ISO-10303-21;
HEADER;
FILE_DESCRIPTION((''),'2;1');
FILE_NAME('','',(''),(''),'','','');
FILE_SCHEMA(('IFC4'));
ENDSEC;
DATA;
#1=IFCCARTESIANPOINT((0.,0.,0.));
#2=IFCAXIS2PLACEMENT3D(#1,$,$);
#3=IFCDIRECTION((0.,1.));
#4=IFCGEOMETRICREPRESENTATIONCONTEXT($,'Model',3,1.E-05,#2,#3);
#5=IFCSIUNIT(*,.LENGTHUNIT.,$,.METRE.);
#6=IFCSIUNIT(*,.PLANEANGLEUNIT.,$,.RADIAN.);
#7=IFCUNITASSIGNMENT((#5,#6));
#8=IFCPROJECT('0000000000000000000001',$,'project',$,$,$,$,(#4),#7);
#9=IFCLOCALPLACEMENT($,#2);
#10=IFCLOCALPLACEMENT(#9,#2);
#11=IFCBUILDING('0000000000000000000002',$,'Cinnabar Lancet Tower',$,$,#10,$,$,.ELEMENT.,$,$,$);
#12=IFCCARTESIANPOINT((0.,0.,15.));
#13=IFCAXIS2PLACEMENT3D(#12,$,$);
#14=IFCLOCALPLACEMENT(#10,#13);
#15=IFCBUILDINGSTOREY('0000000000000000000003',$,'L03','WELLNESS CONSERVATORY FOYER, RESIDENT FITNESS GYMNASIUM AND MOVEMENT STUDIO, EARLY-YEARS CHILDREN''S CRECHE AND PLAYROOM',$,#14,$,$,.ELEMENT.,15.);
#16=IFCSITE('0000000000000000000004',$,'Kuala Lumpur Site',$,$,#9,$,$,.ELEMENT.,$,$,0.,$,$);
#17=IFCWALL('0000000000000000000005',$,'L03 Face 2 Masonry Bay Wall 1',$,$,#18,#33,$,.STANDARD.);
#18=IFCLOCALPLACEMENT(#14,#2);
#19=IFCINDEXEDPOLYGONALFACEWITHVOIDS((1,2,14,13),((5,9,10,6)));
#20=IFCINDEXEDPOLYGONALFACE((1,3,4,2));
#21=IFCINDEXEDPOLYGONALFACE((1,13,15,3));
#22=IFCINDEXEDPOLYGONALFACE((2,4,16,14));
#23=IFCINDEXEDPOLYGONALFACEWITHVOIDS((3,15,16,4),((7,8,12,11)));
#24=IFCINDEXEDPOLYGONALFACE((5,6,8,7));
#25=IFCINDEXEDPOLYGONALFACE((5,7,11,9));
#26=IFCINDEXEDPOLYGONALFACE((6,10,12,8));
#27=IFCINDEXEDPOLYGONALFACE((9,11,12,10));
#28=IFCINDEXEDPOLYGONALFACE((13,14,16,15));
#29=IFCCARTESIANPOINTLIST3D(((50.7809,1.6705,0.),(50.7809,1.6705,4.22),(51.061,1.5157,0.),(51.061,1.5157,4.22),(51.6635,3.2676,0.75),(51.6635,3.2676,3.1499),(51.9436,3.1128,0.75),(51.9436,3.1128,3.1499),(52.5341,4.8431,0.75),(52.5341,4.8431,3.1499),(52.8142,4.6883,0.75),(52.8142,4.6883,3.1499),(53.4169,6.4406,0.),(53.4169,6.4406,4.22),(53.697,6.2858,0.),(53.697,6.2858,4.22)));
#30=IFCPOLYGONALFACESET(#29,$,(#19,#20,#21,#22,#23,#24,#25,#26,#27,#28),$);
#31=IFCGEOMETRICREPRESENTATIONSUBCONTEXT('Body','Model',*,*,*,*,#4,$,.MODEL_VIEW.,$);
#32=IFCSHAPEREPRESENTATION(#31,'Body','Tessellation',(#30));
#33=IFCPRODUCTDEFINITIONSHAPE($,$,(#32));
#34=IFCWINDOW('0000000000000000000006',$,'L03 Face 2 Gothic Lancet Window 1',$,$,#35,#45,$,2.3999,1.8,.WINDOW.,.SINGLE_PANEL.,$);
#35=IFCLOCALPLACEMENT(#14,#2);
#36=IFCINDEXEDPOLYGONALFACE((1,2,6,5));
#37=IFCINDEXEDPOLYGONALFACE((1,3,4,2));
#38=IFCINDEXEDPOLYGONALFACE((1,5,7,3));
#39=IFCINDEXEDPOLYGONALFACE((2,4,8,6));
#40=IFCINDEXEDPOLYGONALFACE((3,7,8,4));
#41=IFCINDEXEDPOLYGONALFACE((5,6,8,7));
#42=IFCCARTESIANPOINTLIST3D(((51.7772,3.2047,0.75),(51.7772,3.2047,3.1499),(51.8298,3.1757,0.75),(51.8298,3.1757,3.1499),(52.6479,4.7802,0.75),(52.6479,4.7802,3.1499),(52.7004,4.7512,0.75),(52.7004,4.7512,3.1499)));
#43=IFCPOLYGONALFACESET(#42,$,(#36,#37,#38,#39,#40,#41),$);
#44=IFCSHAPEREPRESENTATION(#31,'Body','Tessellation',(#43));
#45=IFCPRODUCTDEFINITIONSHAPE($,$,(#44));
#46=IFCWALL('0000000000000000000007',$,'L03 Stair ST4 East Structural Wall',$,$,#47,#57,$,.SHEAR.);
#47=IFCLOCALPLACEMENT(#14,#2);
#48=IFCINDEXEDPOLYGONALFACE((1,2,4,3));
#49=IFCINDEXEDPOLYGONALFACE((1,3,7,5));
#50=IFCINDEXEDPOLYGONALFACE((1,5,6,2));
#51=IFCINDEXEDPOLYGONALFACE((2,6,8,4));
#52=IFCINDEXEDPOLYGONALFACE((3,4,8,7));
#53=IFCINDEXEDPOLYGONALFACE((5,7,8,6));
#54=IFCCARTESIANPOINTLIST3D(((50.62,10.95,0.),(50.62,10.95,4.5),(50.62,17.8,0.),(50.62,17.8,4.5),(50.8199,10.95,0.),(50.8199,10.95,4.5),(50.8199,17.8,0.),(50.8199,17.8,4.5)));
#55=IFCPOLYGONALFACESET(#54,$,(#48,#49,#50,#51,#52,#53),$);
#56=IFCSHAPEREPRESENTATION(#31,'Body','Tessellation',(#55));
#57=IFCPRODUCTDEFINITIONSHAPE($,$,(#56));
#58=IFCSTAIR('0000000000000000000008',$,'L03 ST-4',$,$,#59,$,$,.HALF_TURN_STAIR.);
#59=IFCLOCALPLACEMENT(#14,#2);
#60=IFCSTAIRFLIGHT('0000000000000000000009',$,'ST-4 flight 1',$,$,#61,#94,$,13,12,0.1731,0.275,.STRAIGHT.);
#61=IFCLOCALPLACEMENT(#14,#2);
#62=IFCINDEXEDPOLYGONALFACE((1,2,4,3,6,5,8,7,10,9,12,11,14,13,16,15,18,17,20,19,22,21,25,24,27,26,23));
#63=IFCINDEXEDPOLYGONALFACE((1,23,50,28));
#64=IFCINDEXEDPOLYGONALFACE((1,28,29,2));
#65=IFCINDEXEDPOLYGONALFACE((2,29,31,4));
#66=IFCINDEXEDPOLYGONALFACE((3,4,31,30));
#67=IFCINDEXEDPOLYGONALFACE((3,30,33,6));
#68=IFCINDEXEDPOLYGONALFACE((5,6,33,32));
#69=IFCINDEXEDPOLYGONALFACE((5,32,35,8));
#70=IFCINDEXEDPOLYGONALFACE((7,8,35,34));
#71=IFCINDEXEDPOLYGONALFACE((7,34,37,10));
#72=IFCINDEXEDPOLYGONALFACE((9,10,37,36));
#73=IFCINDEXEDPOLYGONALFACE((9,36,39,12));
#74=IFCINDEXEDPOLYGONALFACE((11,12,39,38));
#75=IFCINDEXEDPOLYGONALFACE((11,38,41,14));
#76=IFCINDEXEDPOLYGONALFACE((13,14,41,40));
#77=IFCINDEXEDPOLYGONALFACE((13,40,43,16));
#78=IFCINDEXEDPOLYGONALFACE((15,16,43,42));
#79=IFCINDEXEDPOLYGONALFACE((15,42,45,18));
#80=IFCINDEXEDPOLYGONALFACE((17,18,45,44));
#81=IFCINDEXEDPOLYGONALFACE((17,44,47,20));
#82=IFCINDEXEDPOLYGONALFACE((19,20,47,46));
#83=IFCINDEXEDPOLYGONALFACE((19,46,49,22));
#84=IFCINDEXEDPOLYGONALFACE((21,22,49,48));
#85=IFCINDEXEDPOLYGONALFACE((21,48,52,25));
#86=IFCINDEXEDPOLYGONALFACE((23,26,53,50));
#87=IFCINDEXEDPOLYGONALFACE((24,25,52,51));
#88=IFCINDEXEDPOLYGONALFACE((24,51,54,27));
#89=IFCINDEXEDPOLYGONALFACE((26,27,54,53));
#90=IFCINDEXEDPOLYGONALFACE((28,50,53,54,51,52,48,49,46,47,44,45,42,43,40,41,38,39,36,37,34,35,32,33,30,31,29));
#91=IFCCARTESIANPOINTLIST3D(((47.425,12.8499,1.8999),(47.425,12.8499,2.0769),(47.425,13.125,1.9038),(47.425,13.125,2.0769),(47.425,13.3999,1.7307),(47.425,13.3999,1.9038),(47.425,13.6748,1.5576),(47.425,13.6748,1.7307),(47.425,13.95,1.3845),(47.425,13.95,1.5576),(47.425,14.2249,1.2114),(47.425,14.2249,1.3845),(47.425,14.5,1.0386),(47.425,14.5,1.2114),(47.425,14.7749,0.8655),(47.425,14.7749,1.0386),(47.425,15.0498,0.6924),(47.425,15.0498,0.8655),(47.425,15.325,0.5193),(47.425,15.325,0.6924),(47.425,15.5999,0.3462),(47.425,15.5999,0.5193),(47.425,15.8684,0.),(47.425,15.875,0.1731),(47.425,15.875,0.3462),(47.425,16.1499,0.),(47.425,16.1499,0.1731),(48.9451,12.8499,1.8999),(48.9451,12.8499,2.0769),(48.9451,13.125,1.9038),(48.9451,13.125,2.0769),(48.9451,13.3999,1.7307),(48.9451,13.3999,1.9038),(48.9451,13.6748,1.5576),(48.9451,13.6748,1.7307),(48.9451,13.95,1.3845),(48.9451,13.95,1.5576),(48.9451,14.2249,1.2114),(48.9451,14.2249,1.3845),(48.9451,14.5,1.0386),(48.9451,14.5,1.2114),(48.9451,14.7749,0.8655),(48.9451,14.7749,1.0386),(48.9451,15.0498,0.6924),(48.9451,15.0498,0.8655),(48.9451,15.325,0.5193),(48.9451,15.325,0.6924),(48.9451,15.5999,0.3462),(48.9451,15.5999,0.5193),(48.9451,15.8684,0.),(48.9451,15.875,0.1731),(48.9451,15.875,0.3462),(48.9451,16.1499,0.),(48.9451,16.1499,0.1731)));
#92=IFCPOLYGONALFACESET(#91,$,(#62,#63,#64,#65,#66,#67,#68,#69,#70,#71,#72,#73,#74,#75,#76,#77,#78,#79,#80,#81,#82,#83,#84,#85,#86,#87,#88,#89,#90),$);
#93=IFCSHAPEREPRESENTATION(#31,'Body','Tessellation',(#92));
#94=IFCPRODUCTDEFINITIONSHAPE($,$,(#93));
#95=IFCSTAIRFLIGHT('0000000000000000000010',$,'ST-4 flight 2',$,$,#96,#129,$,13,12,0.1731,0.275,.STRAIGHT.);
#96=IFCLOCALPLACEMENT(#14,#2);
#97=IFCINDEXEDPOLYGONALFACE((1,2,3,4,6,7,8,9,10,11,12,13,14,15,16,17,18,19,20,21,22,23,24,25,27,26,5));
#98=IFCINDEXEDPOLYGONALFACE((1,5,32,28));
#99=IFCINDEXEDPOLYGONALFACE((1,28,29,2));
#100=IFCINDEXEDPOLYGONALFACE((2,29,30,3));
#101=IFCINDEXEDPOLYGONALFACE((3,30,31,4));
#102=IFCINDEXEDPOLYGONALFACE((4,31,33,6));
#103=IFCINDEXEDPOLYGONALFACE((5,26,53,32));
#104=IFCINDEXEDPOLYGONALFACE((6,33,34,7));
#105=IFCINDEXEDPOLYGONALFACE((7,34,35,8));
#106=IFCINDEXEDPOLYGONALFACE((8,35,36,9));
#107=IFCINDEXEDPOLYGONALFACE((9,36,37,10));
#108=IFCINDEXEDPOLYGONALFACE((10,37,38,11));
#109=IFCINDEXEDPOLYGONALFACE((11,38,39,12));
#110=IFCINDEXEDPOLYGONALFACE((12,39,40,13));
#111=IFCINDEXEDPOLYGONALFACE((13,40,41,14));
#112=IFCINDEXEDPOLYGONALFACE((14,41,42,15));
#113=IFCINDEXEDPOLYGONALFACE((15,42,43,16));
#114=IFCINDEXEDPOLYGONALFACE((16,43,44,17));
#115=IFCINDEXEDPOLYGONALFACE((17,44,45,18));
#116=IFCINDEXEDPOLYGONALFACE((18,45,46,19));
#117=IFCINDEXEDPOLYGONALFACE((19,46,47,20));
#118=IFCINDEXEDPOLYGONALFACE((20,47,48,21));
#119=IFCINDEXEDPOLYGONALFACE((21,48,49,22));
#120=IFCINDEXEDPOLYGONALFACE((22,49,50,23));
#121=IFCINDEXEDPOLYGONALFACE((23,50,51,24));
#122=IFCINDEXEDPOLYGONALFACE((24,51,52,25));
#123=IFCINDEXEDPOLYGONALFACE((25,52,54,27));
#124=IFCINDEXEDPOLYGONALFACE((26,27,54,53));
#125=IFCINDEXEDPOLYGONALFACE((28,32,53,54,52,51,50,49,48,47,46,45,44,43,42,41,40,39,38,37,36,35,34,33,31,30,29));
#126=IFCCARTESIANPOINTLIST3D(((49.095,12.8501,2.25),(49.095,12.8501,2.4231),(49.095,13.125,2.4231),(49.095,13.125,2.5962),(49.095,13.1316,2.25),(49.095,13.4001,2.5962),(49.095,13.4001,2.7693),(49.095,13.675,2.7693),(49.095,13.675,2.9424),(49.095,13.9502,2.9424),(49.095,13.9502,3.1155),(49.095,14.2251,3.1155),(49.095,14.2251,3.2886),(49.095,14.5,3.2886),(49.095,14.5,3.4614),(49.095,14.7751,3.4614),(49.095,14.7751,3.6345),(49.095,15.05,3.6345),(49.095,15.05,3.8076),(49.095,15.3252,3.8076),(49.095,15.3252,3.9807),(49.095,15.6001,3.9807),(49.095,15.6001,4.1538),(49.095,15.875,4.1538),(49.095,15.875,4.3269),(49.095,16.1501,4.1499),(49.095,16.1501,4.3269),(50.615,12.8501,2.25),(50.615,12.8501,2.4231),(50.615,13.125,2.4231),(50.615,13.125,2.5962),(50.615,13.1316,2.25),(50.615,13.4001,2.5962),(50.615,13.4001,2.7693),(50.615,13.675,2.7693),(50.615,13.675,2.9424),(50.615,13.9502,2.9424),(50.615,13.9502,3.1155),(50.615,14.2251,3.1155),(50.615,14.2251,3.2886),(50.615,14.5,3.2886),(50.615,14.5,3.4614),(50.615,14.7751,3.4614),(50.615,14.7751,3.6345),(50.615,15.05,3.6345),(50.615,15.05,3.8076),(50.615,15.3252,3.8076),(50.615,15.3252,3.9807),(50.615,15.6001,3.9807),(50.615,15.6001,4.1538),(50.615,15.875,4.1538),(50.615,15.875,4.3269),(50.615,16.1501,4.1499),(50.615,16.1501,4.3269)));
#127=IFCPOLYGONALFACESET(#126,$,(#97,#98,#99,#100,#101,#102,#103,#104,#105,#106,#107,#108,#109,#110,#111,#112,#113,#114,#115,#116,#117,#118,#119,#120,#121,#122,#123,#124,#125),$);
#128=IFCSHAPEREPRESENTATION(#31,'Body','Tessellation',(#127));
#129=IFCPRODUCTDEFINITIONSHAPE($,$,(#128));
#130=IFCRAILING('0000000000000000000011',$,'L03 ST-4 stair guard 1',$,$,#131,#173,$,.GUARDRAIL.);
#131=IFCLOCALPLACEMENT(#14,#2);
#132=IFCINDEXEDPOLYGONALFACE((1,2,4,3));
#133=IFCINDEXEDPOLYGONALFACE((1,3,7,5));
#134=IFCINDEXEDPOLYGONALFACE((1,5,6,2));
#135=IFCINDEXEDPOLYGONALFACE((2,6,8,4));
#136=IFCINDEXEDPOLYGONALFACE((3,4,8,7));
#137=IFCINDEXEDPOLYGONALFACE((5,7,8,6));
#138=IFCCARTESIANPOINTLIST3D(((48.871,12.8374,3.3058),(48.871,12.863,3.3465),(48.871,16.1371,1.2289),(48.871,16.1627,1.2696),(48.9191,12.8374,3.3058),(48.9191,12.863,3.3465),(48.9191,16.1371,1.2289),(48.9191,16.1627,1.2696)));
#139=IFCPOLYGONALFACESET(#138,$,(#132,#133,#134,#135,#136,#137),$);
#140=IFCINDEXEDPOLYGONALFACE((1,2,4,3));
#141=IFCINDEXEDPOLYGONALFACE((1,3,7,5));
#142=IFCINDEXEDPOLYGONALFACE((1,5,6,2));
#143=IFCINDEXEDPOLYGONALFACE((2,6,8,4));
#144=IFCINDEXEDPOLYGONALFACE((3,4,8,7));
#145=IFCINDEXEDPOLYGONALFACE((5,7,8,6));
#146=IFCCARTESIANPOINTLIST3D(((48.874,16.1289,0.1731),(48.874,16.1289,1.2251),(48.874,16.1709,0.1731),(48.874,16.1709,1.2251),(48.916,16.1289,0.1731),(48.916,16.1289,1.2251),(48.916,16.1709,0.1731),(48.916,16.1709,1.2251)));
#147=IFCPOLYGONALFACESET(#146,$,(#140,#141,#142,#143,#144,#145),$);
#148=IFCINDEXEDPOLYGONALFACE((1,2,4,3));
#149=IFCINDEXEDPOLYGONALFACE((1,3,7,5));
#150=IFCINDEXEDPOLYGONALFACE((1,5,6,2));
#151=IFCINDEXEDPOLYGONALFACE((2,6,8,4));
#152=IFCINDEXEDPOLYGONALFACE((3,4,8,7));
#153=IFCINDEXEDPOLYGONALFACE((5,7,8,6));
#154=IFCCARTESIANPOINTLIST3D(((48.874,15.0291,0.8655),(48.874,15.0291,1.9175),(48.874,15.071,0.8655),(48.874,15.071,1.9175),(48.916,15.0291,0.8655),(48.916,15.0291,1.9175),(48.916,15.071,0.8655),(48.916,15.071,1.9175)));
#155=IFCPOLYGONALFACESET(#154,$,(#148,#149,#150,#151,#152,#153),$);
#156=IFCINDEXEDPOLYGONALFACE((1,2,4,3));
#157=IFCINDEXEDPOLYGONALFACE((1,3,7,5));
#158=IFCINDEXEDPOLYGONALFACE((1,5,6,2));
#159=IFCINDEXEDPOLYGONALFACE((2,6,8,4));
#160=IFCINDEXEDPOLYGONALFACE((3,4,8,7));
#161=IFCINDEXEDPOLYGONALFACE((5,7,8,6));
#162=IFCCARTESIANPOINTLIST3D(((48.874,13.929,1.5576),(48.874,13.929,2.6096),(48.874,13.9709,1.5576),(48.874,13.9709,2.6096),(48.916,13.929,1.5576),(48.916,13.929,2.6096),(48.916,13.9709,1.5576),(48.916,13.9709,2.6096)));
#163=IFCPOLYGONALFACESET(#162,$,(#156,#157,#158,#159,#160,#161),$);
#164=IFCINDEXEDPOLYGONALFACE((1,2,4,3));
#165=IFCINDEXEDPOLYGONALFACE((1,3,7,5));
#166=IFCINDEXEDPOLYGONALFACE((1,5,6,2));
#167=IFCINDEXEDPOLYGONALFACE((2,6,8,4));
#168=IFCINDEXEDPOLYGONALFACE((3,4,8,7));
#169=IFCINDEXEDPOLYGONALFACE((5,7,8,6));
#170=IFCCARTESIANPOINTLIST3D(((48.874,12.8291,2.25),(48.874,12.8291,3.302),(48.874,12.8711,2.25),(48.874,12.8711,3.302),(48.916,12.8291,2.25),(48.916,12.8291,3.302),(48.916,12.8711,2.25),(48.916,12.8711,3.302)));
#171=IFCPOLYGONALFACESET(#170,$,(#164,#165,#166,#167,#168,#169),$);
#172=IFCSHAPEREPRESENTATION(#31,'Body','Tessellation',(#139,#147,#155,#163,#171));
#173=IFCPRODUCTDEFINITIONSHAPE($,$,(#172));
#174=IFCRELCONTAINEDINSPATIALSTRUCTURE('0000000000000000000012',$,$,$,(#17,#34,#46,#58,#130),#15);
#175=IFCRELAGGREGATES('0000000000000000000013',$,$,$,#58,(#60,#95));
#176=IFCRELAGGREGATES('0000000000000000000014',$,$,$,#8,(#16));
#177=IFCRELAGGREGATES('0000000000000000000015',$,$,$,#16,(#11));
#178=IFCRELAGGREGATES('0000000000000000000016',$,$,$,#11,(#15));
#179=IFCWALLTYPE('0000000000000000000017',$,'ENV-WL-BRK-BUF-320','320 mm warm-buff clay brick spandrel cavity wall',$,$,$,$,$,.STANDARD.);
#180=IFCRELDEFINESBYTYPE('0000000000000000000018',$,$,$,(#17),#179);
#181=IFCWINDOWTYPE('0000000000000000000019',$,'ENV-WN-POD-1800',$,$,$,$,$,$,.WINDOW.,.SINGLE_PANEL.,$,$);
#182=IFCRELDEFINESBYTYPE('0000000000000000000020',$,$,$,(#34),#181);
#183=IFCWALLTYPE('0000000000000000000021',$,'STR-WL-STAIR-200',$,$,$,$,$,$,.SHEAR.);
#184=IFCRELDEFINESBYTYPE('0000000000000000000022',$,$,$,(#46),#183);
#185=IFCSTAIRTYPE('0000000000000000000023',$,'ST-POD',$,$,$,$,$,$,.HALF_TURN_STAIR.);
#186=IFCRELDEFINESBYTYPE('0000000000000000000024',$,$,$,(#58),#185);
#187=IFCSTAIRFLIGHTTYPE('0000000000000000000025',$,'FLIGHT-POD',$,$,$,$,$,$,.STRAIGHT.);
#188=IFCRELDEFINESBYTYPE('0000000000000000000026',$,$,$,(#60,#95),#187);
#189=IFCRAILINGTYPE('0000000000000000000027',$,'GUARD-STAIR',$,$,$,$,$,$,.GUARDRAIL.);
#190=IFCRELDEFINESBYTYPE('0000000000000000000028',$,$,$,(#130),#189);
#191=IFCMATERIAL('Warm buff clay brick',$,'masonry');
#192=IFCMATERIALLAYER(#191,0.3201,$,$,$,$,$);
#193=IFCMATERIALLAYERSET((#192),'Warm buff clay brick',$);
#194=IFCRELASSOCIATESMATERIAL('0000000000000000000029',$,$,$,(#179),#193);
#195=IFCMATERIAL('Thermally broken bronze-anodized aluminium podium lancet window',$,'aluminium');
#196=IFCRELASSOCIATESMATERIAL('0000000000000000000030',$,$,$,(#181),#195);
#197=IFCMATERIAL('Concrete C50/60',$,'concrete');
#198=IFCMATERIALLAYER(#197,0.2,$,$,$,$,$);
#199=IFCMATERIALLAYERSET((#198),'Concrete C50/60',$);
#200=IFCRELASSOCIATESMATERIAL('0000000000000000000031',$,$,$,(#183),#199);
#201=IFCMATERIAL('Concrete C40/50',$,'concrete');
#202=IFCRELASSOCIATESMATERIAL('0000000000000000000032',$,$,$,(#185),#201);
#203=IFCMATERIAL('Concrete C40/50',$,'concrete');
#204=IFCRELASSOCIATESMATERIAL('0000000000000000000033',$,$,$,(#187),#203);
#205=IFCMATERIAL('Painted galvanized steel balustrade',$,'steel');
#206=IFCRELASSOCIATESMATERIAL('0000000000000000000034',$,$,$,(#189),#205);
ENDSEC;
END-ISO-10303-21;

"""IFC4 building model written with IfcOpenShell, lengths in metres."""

from ifc_helpers import new_model, si_unit, direction, frame, frame_2d, origin, origin_2d, place, context, subcontext, project, spatial, polyline, rectangle, outline, extrude, material, layer, layer_set, type_object, element, fill, aggregate, save


model = new_model("IFC4")

# Units and contexts
model_context = context("Model", 3, precision=1e-05, world=origin(), true_north=direction((0.0, 1.0)))
body_context = subcontext(model_context, "Body", "Model", "MODEL_VIEW")
ifc_project = project(units=[si_unit("LENGTHUNIT", "METRE"), si_unit("PLANEANGLEUNIT", "RADIAN")], contexts=[model_context])

# Site, building, storey
site_placement = place(None, origin())
site = spatial("IfcSite", under=ifc_project, at=site_placement, Name="Kuala Lumpur Site", CompositionType="ELEMENT", RefElevation=0.0)
building_placement = place(site_placement, origin())
building = spatial("IfcBuilding", under=site, at=building_placement, Name="Cinnabar Lancet Tower", CompositionType="ELEMENT")
storey_placement = place(building_placement, frame((0.0, 0.0, 15.0)))
storey = spatial("IfcBuildingStorey", under=building, at=storey_placement, Name="L03", Description="WELLNESS CONSERVATORY FOYER, RESIDENT FITNESS GYMNASIUM AND MOVEMENT STUDIO, EARLY-YEARS CHILDREN'S CRECHE AND PLAYROOM", CompositionType="ELEMENT", Elevation=15.0)

# Shared definitions
ifc_material_1 = material(Name="Warm buff clay brick", Category="masonry")
ifc_layer_1 = layer(ifc_material_1, 0.3201)
ifc_layer_set_1 = layer_set([ifc_layer_1], Name="Warm buff clay brick")
wall_type_1 = type_object("IfcWallType", Name="ENV-WL-BRK-BUF-320", Description="320 mm warm-buff clay brick spandrel cavity wall", PredefinedType="STANDARD", material=ifc_layer_set_1)

# Wall, opening, window
wall_1_placement = place(storey_placement, frame((50.9209, 1.593, 0.0), z_axis=(0.0, 0.0, 1.0), x_axis=(0.483675, 0.875248, 0.0)))
wall_1 = element("IfcWall", 1, at=wall_1_placement, inside=storey, type_object=wall_type_1, Name="L03 Face 2 Masonry Bay Wall 1", PredefinedType="STANDARD", context=body_context, shape_type="SweptSolid", body=[
    extrude(rectangle(XDim=5.45, YDim=0.3201, at=frame_2d((2.7251, 0.0))), origin(), (0.0, 0.0, 1.0), 4.22),
])
opening_placement = place(wall_1_placement, frame((1.825, 0.0, 0.75)))
opening = element("IfcOpeningElement", 2, at=opening_placement, cuts=wall_1, PredefinedType="OPENING", context=body_context, shape_type="SweptSolid", body=[
    extrude(rectangle(XDim=1.8, YDim=2.3999, at=frame_2d((0.8999, 1.2))), frame((0.0, 0.1699, 0.0), z_axis=(0.0, -1.0, 0.0), x_axis=(1.0, 0.0, 0.0)), (0.0, 0.0, 1.0), 0.3401),
])
ifc_material_2 = material(Name="Thermally broken bronze-anodized aluminium podium lancet window", Category="aluminium")
window_type = type_object("IfcWindowType", Name="ENV-WN-POD-1800", PartitioningType="SINGLE_PANEL", PredefinedType="WINDOW", material=ifc_material_2)
window_placement = place(opening_placement, origin())
window = element("IfcWindow", 3, at=window_placement, inside=storey, type_object=window_type, Name="L03 Face 2 Gothic Lancet Window 1", OverallHeight=2.3999, OverallWidth=1.8, PartitioningType="SINGLE_PANEL", PredefinedType="WINDOW", context=body_context, shape_type="SweptSolid", body=[
    extrude(rectangle(XDim=1.8, YDim=2.3999, at=frame_2d((0.8999, 1.2))), frame((0.0, 0.03, 0.0), z_axis=(0.0, -1.0, 0.0), x_axis=(1.0, 0.0, 0.0)), (0.0, 0.0, 1.0), 0.0601),
])
fill(opening, window)

# Wall
ifc_material_3 = material(Name="Concrete C50/60", Category="concrete")
ifc_layer_2 = layer(ifc_material_3, 0.2)
ifc_layer_set_2 = layer_set([ifc_layer_2], Name="Concrete C50/60")
wall_type_2 = type_object("IfcWallType", Name="STR-WL-STAIR-200", PredefinedType="SHEAR", material=ifc_layer_set_2)
wall_2_placement = place(storey_placement, frame((50.72, 10.95, 0.0), z_axis=(0.0, 0.0, 1.0), x_axis=(0.0, 1.0, 0.0)))
element("IfcWall", 4, at=wall_2_placement, inside=storey, type_object=wall_type_2, Name="L03 Stair ST4 East Structural Wall", PredefinedType="SHEAR", context=body_context, shape_type="SweptSolid", body=[
    extrude(rectangle(XDim=6.8501, YDim=0.2, at=frame_2d((3.425, 0.0))), origin(), (0.0, 0.0, 1.0), 4.5),
])

# Stair, stair flights
ifc_material_4 = material(Name="Concrete C40/50", Category="concrete")
stair_type = type_object("IfcStairType", Name="ST-POD", PredefinedType="HALF_TURN_STAIR", material=ifc_material_4)
stair_placement = place(storey_placement, origin())
stair = element("IfcStair", 5, at=stair_placement, inside=storey, type_object=stair_type, Name="L03 ST-4", PredefinedType="HALF_TURN_STAIR")
ifc_material_5 = material(Name="Concrete C40/50", Category="concrete")
stair_flight_type = type_object("IfcStairFlightType", Name="FLIGHT-POD", PredefinedType="STRAIGHT", material=ifc_material_5)
stair_flight_1_placement = place(storey_placement, frame((48.1851, 16.1499, 0.0), z_axis=(0.0, 0.0, 1.0), x_axis=(0.0, -1.0, 0.0)))
stair_flight_1 = element("IfcStairFlight", 6, at=stair_flight_1_placement, type_object=stair_flight_type, Name="ST-4 flight 1", NumberOfRisers=13, NumberOfTreads=12, PredefinedType="STRAIGHT", RiserHeight=0.1731, TreadLength=0.275, context=body_context, shape_type="SweptSolid", body=[
    extrude(outline(polyline([(0.0, 0.0), (0.0, 0.1731), (0.2749, 0.1731), (0.2749, 0.3462), (0.55, 0.3462), (0.55, 0.5193), (0.825, 0.5193), (0.825, 0.6924), (1.1001, 0.6924), (1.1001, 0.8655), (1.375, 0.8655), (1.375, 1.0386), (1.6499, 1.0386), (1.6499, 1.2114), (1.925, 1.2114), (1.925, 1.3845), (2.2, 1.3845), (2.2, 1.5576), (2.4751, 1.5576), (2.4751, 1.7307), (2.75, 1.7307), (2.75, 1.9038), (3.0249, 1.9038), (3.0249, 2.0769), (3.3, 2.0769), (3.3, 2.25), (3.3, 1.8999), (0.2815, 0.0), (0.0, 0.0)])), frame((0.0, 0.76, 0.0), z_axis=(0.0, -1.0, 0.0), x_axis=(1.0, 0.0, 0.0)), (0.0, 0.0, 1.0), 1.52),
])
stair_flight_2_placement = place(storey_placement, frame((49.855, 12.8501, 2.25), z_axis=(0.0, 0.0, 1.0), x_axis=(0.0, 1.0, 0.0)))
stair_flight_2 = element("IfcStairFlight", 7, at=stair_flight_2_placement, type_object=stair_flight_type, Name="ST-4 flight 2", NumberOfRisers=13, NumberOfTreads=12, PredefinedType="STRAIGHT", RiserHeight=0.1731, TreadLength=0.275, context=body_context, shape_type="SweptSolid", body=[
    extrude(outline(polyline([(0.0, 0.0), (0.0, 0.1731), (0.2749, 0.1731), (0.2749, 0.3462), (0.55, 0.3462), (0.55, 0.5193), (0.825, 0.5193), (0.825, 0.6924), (1.1001, 0.6924), (1.1001, 0.8655), (1.375, 0.8655), (1.375, 1.0386), (1.6499, 1.0386), (1.6499, 1.2114), (1.925, 1.2114), (1.925, 1.3845), (2.2, 1.3845), (2.2, 1.5576), (2.4751, 1.5576), (2.4751, 1.7307), (2.75, 1.7307), (2.75, 1.9038), (3.0249, 1.9038), (3.0249, 2.0769), (3.3, 2.0769), (3.3, 2.25), (3.3, 1.8999), (0.2815, 0.0), (0.0, 0.0)])), frame((0.0, 0.76, 0.0), z_axis=(0.0, -1.0, 0.0), x_axis=(1.0, 0.0, 0.0)), (0.0, 0.0, 1.0), 1.52),
])
aggregate(stair, [stair_flight_1, stair_flight_2])

# Railing
ifc_material_6 = material(Name="Painted galvanized steel balustrade", Category="steel")
railing_type_1 = type_object("IfcRailingType", Name="GUARD-STAIR", PredefinedType="GUARDRAIL", material=ifc_material_6)
railing_1_placement = place(storey_placement, frame((48.895, 16.1499, 0.1731)))
element("IfcRailing", 8, at=railing_1_placement, inside=storey, type_object=railing_type_1, Name="L03 ST-4 stair guard 1", PredefinedType="GUARDRAIL", context=body_context, shape_type="SweptSolid", body=[
    extrude(rectangle(XDim=0.0481, YDim=0.0481, at=origin_2d()), frame((0.0, 0.0, 1.0762), z_axis=(0.0, -0.84632, 0.532675), x_axis=(1.0, 0.0, 0.0)), (0.0, 0.0, 1.0), 3.8989),
    extrude(rectangle(XDim=0.042, YDim=0.042, at=origin_2d()), origin(), (0.0, 0.0, 1.0), 1.052),
    extrude(rectangle(XDim=0.042, YDim=0.042, at=origin_2d()), frame((0.0, -1.0999, 0.6924)), (0.0, 0.0, 1.0), 1.052),
    extrude(rectangle(XDim=0.042, YDim=0.042, at=origin_2d()), frame((0.0, -2.2, 1.3845)), (0.0, 0.0, 1.0), 1.052),
    extrude(rectangle(XDim=0.042, YDim=0.042, at=origin_2d()), frame((0.0, -3.2998, 2.0769)), (0.0, 0.0, 1.0), 1.052),
])

save(model, "model.ifc")
